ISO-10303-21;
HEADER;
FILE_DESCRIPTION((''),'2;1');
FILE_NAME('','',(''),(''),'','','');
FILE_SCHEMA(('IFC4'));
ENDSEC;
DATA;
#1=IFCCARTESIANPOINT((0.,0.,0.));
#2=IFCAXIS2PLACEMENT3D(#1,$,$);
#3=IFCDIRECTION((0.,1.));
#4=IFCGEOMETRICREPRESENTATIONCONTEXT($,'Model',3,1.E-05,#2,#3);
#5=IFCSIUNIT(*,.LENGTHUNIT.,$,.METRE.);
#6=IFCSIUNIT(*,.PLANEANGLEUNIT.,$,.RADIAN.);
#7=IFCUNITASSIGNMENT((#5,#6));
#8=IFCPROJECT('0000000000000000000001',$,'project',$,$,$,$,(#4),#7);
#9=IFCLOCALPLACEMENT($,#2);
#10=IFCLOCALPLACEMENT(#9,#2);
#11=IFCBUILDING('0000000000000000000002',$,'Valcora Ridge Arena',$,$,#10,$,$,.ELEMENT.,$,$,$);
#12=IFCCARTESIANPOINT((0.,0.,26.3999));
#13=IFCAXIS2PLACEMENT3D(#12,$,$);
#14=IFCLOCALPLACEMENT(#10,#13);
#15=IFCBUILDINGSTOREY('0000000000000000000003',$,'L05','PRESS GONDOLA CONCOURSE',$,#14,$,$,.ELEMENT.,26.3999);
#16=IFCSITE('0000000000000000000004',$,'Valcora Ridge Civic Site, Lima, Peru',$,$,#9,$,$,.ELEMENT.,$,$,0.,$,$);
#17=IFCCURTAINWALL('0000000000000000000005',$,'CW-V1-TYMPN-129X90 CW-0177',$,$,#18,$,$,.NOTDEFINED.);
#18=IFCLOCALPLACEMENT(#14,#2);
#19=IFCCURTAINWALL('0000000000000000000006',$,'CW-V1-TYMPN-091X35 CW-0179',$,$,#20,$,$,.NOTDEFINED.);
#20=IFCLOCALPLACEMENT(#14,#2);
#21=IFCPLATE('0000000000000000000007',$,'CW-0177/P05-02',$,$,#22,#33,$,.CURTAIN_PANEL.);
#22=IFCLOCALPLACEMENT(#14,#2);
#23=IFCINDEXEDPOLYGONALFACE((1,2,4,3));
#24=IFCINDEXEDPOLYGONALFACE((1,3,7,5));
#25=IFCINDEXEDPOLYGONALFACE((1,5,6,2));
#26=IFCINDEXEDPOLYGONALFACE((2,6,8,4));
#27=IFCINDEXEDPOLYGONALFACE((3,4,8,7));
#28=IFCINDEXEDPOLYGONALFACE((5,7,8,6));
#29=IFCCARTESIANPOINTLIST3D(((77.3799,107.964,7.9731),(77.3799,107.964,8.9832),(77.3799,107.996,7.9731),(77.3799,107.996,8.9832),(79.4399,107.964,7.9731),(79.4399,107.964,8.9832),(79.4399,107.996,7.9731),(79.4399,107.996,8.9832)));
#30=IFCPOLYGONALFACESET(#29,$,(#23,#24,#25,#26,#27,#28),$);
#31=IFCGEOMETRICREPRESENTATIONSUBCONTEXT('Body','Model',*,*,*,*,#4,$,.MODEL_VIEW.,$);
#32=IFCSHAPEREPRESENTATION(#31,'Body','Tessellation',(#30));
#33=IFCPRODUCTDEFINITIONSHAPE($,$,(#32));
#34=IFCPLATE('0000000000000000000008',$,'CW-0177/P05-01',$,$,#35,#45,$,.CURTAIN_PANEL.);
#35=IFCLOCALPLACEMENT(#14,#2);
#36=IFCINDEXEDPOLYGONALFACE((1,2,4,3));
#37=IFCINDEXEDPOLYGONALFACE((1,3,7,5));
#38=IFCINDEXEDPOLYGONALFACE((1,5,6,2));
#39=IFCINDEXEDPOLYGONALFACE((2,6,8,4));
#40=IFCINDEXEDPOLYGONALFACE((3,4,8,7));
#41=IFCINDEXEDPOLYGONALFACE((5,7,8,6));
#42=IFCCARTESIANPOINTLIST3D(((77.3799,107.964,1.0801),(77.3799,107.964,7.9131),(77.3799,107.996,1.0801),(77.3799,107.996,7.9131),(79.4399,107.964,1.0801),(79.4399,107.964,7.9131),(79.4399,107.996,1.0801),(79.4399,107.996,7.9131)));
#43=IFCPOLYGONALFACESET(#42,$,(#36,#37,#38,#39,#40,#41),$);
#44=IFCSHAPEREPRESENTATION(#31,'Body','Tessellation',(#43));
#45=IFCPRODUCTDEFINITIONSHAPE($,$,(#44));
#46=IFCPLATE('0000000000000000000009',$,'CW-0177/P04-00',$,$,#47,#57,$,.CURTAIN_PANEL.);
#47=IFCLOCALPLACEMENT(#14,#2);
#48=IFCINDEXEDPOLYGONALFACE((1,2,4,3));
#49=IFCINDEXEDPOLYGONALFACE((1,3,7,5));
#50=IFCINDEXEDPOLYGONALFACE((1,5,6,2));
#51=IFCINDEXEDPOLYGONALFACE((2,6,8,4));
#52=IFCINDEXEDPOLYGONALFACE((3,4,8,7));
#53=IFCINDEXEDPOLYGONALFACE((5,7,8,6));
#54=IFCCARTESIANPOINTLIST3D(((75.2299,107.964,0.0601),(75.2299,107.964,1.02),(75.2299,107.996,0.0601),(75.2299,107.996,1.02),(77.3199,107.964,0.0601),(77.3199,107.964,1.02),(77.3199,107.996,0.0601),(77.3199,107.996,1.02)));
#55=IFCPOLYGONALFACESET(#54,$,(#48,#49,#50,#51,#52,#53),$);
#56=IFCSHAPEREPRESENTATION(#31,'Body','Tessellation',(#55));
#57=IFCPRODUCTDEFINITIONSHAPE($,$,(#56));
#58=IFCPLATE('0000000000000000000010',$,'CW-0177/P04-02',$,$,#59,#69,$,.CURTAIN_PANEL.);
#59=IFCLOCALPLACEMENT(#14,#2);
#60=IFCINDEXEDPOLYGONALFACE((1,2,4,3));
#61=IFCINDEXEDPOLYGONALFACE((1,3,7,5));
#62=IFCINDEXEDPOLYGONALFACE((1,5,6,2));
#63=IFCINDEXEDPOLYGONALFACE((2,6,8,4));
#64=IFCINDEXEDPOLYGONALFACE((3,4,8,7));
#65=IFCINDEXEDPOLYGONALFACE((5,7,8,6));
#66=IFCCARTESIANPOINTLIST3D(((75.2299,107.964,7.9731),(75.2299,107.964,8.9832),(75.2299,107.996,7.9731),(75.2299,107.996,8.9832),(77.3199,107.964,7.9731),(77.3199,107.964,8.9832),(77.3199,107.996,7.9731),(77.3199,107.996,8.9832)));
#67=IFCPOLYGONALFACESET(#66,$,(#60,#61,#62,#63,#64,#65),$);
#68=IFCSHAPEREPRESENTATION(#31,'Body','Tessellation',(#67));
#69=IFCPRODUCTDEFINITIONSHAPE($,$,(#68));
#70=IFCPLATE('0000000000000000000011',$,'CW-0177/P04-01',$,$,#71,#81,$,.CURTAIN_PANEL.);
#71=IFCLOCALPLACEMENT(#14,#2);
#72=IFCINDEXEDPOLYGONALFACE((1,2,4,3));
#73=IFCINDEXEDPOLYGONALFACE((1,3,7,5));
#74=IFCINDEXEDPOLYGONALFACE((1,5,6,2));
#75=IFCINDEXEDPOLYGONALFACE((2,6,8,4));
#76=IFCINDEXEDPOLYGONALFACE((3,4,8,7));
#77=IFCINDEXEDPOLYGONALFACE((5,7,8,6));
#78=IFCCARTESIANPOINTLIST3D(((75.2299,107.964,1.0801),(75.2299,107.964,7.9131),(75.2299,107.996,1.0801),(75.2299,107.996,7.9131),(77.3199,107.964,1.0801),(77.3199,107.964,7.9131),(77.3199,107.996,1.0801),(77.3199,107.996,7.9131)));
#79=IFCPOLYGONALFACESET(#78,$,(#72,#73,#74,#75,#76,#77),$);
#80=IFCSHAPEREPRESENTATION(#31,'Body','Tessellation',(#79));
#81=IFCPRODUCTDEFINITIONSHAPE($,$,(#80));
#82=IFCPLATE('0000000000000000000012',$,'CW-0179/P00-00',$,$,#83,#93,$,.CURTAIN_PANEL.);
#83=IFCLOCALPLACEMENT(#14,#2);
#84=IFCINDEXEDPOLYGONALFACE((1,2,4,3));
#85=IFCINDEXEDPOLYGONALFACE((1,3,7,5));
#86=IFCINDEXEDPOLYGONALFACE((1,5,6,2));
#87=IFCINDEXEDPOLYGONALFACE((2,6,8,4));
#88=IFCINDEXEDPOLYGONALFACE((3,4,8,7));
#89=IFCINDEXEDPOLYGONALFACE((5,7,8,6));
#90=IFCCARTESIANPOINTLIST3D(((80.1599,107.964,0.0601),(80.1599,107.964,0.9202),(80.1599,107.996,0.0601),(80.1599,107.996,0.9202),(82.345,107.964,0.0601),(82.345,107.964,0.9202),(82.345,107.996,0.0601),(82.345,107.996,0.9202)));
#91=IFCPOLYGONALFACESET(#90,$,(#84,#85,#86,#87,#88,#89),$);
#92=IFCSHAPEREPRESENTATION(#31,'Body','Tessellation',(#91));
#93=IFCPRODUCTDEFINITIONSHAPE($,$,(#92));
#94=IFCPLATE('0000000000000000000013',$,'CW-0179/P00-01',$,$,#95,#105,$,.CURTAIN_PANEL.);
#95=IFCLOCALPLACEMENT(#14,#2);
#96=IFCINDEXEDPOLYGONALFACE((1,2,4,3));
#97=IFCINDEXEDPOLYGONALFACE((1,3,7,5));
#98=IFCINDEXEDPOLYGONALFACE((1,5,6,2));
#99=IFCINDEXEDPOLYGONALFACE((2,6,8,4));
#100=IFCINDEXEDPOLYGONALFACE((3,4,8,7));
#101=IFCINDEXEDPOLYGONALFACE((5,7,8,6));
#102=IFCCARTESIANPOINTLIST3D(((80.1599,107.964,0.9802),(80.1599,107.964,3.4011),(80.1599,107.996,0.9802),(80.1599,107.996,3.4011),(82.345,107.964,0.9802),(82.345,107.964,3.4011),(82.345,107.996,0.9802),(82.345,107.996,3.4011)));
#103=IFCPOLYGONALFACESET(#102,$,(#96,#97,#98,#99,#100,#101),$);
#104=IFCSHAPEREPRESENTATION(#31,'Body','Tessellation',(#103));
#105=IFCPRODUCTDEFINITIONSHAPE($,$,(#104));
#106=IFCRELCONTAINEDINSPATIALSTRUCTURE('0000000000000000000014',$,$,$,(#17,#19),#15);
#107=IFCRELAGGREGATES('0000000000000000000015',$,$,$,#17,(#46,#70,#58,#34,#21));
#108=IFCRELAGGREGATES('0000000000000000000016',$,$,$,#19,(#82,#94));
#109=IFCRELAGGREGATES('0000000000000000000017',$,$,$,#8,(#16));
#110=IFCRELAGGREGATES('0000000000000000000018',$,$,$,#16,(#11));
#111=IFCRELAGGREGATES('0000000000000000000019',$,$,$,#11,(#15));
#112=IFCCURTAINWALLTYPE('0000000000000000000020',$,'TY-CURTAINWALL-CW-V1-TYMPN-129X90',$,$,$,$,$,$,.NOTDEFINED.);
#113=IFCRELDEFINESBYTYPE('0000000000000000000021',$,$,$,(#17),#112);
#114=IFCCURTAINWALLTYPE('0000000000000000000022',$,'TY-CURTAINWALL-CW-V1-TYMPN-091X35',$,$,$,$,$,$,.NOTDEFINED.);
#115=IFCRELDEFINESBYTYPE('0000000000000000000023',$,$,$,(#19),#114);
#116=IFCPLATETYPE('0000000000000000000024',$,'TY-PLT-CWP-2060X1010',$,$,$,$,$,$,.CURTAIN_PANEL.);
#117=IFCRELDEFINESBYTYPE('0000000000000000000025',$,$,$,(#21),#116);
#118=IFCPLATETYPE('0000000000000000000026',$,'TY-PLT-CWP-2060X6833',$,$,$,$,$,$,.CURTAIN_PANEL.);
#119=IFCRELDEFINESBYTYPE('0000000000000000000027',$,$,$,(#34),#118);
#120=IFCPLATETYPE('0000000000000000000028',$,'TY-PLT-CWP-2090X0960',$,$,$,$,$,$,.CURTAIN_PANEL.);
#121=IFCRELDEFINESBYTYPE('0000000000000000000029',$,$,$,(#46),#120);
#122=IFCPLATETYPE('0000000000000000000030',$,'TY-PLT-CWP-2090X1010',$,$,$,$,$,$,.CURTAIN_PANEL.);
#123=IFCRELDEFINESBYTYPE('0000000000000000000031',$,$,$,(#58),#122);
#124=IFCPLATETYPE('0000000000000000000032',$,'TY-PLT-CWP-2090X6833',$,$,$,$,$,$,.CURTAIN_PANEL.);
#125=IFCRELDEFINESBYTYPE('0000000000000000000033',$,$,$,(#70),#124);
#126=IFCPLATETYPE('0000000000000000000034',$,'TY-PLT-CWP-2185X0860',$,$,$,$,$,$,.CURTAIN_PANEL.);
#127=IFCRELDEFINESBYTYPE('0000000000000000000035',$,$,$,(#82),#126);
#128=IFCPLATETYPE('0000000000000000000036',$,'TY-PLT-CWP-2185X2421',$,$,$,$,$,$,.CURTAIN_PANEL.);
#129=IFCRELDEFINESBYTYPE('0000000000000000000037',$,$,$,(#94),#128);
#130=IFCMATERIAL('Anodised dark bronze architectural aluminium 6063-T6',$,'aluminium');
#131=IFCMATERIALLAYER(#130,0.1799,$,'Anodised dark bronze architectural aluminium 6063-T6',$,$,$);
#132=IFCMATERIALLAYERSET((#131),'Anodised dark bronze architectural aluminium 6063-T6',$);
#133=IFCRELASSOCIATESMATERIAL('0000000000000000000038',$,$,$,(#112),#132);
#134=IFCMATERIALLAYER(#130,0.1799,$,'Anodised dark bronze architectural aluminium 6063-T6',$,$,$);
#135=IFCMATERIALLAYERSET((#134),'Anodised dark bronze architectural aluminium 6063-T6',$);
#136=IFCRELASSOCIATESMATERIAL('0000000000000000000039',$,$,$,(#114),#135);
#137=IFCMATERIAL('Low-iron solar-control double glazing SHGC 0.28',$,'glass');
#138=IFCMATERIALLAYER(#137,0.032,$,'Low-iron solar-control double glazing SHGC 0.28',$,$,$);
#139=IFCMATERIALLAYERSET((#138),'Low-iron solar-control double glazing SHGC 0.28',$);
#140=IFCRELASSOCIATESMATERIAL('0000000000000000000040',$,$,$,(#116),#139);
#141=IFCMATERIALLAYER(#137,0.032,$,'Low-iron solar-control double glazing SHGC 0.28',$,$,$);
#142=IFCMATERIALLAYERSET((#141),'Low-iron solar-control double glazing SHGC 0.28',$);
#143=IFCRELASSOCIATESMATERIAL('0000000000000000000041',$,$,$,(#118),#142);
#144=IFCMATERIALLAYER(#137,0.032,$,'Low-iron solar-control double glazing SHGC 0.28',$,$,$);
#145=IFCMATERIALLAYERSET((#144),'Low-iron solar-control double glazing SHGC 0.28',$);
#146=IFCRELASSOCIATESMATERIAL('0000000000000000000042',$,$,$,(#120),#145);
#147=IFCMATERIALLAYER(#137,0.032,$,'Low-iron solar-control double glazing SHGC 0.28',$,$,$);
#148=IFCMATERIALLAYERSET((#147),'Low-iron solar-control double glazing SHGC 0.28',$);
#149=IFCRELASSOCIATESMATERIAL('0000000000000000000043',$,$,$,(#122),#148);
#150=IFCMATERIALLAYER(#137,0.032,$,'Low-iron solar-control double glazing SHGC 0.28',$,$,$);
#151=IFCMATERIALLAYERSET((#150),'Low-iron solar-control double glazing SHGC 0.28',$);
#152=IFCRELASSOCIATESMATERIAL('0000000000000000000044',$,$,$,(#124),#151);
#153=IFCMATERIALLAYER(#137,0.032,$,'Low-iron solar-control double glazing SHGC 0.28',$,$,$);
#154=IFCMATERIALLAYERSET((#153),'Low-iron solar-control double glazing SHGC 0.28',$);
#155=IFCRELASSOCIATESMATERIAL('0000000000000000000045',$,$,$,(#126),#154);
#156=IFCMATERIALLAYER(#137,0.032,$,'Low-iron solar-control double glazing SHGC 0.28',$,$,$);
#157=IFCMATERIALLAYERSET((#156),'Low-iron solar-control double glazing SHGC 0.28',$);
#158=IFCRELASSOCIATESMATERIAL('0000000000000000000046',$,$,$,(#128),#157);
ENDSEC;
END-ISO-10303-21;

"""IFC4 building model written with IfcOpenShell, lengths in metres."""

from ifc_helpers import new_model, si_unit, direction, frame, origin, origin_2d, place, context, subcontext, project, spatial, rectangle, extrude, material, layer, layer_set, type_object, element, aggregate, save


model = new_model("IFC4")

# Units and contexts
model_context = context("Model", 3, precision=1e-05, world=origin(), true_north=direction((0.0, 1.0)))
body_context = subcontext(model_context, "Body", "Model", "MODEL_VIEW")
ifc_project = project(units=[si_unit("LENGTHUNIT", "METRE"), si_unit("PLANEANGLEUNIT", "RADIAN")], contexts=[model_context])

# Site, building, storey
site_placement = place(None, origin())
site = spatial("IfcSite", under=ifc_project, at=site_placement, Name="Valcora Ridge Civic Site, Lima, Peru", CompositionType="ELEMENT", RefElevation=0.0)
building_placement = place(site_placement, origin())
building = spatial("IfcBuilding", under=site, at=building_placement, Name="Valcora Ridge Arena", CompositionType="ELEMENT")
storey_placement = place(building_placement, frame((0.0, 0.0, 26.3999)))
storey = spatial("IfcBuildingStorey", under=building, at=storey_placement, Name="L05", Description="PRESS GONDOLA CONCOURSE", CompositionType="ELEMENT", Elevation=26.3999)

# Curtain walls
ifc_material_1 = material(Name="Anodised dark bronze architectural aluminium 6063-T6", Category="aluminium")
ifc_layer_1 = layer(ifc_material_1, 0.1799, Name="Anodised dark bronze architectural aluminium 6063-T6")
ifc_layer_set_1 = layer_set([ifc_layer_1], Name="Anodised dark bronze architectural aluminium 6063-T6")
curtain_wall_type_1 = type_object("IfcCurtainWallType", Name="TY-CURTAINWALL-CW-V1-TYMPN-129X90", PredefinedType="NOTDEFINED", material=ifc_layer_set_1)
curtain_wall_1_placement = place(storey_placement, origin())
curtain_wall_1 = element("IfcCurtainWall", 1, at=curtain_wall_1_placement, inside=storey, type_object=curtain_wall_type_1, Name="CW-V1-TYMPN-129X90 CW-0177", PredefinedType="NOTDEFINED")
ifc_layer_2 = layer(ifc_material_1, 0.1799, Name="Anodised dark bronze architectural aluminium 6063-T6")
ifc_layer_set_2 = layer_set([ifc_layer_2], Name="Anodised dark bronze architectural aluminium 6063-T6")
curtain_wall_type_2 = type_object("IfcCurtainWallType", Name="TY-CURTAINWALL-CW-V1-TYMPN-091X35", PredefinedType="NOTDEFINED", material=ifc_layer_set_2)
curtain_wall_2_placement = place(storey_placement, origin())
curtain_wall_2 = element("IfcCurtainWall", 2, at=curtain_wall_2_placement, inside=storey, type_object=curtain_wall_type_2, Name="CW-V1-TYMPN-091X35 CW-0179", PredefinedType="NOTDEFINED")

# Plates
ifc_material_2 = material(Name="Low-iron solar-control double glazing SHGC 0.28", Category="glass")
ifc_layer_3 = layer(ifc_material_2, 0.032, Name="Low-iron solar-control double glazing SHGC 0.28")
ifc_layer_set_3 = layer_set([ifc_layer_3], Name="Low-iron solar-control double glazing SHGC 0.28")
plate_type_1 = type_object("IfcPlateType", Name="TY-PLT-CWP-2060X1010", PredefinedType="CURTAIN_PANEL", material=ifc_layer_set_3)
plate_1_placement = place(storey_placement, frame((78.4099, 107.98, 7.9731), z_axis=(0.0, 0.0, 1.0), x_axis=(1.0, 0.0, 0.0)))
plate_1 = element("IfcPlate", 3, at=plate_1_placement, type_object=plate_type_1, Name="CW-0177/P05-02", PredefinedType="CURTAIN_PANEL", context=body_context, shape_type="SweptSolid", body=[
    extrude(rectangle(XDim=2.0601, YDim=0.032, at=origin_2d()), origin(), (0.0, 0.0, 1.0), 1.01),
])
ifc_layer_4 = layer(ifc_material_2, 0.032, Name="Low-iron solar-control double glazing SHGC 0.28")
ifc_layer_set_4 = layer_set([ifc_layer_4], Name="Low-iron solar-control double glazing SHGC 0.28")
plate_type_2 = type_object("IfcPlateType", Name="TY-PLT-CWP-2060X6833", PredefinedType="CURTAIN_PANEL", material=ifc_layer_set_4)
plate_2_placement = place(storey_placement, frame((78.4099, 107.98, 1.0801), z_axis=(0.0, 0.0, 1.0), x_axis=(1.0, 0.0, 0.0)))
plate_2 = element("IfcPlate", 4, at=plate_2_placement, type_object=plate_type_2, Name="CW-0177/P05-01", PredefinedType="CURTAIN_PANEL", context=body_context, shape_type="SweptSolid", body=[
    extrude(rectangle(XDim=2.0601, YDim=0.032, at=origin_2d()), origin(), (0.0, 0.0, 1.0), 6.833),
])
ifc_layer_5 = layer(ifc_material_2, 0.032, Name="Low-iron solar-control double glazing SHGC 0.28")
ifc_layer_set_5 = layer_set([ifc_layer_5], Name="Low-iron solar-control double glazing SHGC 0.28")
plate_type_3 = type_object("IfcPlateType", Name="TY-PLT-CWP-2090X0960", PredefinedType="CURTAIN_PANEL", material=ifc_layer_set_5)
plate_3_placement = place(storey_placement, frame((76.2749, 107.98, 0.0601), z_axis=(0.0, 0.0, 1.0), x_axis=(1.0, 0.0, 0.0)))
plate_3 = element("IfcPlate", 5, at=plate_3_placement, type_object=plate_type_3, Name="CW-0177/P04-00", PredefinedType="CURTAIN_PANEL", context=body_context, shape_type="SweptSolid", body=[
    extrude(rectangle(XDim=2.0901, YDim=0.032, at=origin_2d()), origin(), (0.0, 0.0, 1.0), 0.96),
])
ifc_layer_6 = layer(ifc_material_2, 0.032, Name="Low-iron solar-control double glazing SHGC 0.28")
ifc_layer_set_6 = layer_set([ifc_layer_6], Name="Low-iron solar-control double glazing SHGC 0.28")
plate_type_4 = type_object("IfcPlateType", Name="TY-PLT-CWP-2090X1010", PredefinedType="CURTAIN_PANEL", material=ifc_layer_set_6)
plate_4_placement = place(storey_placement, frame((76.2749, 107.98, 7.9731), z_axis=(0.0, 0.0, 1.0), x_axis=(1.0, 0.0, 0.0)))
plate_4 = element("IfcPlate", 6, at=plate_4_placement, type_object=plate_type_4, Name="CW-0177/P04-02", PredefinedType="CURTAIN_PANEL", context=body_context, shape_type="SweptSolid", body=[
    extrude(rectangle(XDim=2.0901, YDim=0.032, at=origin_2d()), origin(), (0.0, 0.0, 1.0), 1.01),
])
ifc_layer_7 = layer(ifc_material_2, 0.032, Name="Low-iron solar-control double glazing SHGC 0.28")
ifc_layer_set_7 = layer_set([ifc_layer_7], Name="Low-iron solar-control double glazing SHGC 0.28")
plate_type_5 = type_object("IfcPlateType", Name="TY-PLT-CWP-2090X6833", PredefinedType="CURTAIN_PANEL", material=ifc_layer_set_7)
plate_5_placement = place(storey_placement, frame((76.2749, 107.98, 1.0801), z_axis=(0.0, 0.0, 1.0), x_axis=(1.0, 0.0, 0.0)))
plate_5 = element("IfcPlate", 7, at=plate_5_placement, type_object=plate_type_5, Name="CW-0177/P04-01", PredefinedType="CURTAIN_PANEL", context=body_context, shape_type="SweptSolid", body=[
    extrude(rectangle(XDim=2.0901, YDim=0.032, at=origin_2d()), origin(), (0.0, 0.0, 1.0), 6.833),
])
aggregate(curtain_wall_1, [plate_3, plate_5, plate_4, plate_2, plate_1])
ifc_layer_8 = layer(ifc_material_2, 0.032, Name="Low-iron solar-control double glazing SHGC 0.28")
ifc_layer_set_8 = layer_set([ifc_layer_8], Name="Low-iron solar-control double glazing SHGC 0.28")
plate_type_6 = type_object("IfcPlateType", Name="TY-PLT-CWP-2185X0860", PredefinedType="CURTAIN_PANEL", material=ifc_layer_set_8)
plate_6_placement = place(storey_placement, frame((81.2524, 107.98, 0.0601), z_axis=(0.0, 0.0, 1.0), x_axis=(1.0, 0.0, 0.0)))
plate_6 = element("IfcPlate", 8, at=plate_6_placement, type_object=plate_type_6, Name="CW-0179/P00-00", PredefinedType="CURTAIN_PANEL", context=body_context, shape_type="SweptSolid", body=[
    extrude(rectangle(XDim=2.1851, YDim=0.032, at=origin_2d()), origin(), (0.0, 0.0, 1.0), 0.8601),
])
ifc_layer_9 = layer(ifc_material_2, 0.032, Name="Low-iron solar-control double glazing SHGC 0.28")
ifc_layer_set_9 = layer_set([ifc_layer_9], Name="Low-iron solar-control double glazing SHGC 0.28")
plate_type_7 = type_object("IfcPlateType", Name="TY-PLT-CWP-2185X2421", PredefinedType="CURTAIN_PANEL", material=ifc_layer_set_9)
plate_7_placement = place(storey_placement, frame((81.2524, 107.98, 0.9802), z_axis=(0.0, 0.0, 1.0), x_axis=(1.0, 0.0, 0.0)))
plate_7 = element("IfcPlate", 9, at=plate_7_placement, type_object=plate_type_7, Name="CW-0179/P00-01", PredefinedType="CURTAIN_PANEL", context=body_context, shape_type="SweptSolid", body=[
    extrude(rectangle(XDim=2.1851, YDim=0.032, at=origin_2d()), origin(), (0.0, 0.0, 1.0), 2.4209),
])
aggregate(curtain_wall_2, [plate_6, plate_7])

save(model, "model.ifc")
